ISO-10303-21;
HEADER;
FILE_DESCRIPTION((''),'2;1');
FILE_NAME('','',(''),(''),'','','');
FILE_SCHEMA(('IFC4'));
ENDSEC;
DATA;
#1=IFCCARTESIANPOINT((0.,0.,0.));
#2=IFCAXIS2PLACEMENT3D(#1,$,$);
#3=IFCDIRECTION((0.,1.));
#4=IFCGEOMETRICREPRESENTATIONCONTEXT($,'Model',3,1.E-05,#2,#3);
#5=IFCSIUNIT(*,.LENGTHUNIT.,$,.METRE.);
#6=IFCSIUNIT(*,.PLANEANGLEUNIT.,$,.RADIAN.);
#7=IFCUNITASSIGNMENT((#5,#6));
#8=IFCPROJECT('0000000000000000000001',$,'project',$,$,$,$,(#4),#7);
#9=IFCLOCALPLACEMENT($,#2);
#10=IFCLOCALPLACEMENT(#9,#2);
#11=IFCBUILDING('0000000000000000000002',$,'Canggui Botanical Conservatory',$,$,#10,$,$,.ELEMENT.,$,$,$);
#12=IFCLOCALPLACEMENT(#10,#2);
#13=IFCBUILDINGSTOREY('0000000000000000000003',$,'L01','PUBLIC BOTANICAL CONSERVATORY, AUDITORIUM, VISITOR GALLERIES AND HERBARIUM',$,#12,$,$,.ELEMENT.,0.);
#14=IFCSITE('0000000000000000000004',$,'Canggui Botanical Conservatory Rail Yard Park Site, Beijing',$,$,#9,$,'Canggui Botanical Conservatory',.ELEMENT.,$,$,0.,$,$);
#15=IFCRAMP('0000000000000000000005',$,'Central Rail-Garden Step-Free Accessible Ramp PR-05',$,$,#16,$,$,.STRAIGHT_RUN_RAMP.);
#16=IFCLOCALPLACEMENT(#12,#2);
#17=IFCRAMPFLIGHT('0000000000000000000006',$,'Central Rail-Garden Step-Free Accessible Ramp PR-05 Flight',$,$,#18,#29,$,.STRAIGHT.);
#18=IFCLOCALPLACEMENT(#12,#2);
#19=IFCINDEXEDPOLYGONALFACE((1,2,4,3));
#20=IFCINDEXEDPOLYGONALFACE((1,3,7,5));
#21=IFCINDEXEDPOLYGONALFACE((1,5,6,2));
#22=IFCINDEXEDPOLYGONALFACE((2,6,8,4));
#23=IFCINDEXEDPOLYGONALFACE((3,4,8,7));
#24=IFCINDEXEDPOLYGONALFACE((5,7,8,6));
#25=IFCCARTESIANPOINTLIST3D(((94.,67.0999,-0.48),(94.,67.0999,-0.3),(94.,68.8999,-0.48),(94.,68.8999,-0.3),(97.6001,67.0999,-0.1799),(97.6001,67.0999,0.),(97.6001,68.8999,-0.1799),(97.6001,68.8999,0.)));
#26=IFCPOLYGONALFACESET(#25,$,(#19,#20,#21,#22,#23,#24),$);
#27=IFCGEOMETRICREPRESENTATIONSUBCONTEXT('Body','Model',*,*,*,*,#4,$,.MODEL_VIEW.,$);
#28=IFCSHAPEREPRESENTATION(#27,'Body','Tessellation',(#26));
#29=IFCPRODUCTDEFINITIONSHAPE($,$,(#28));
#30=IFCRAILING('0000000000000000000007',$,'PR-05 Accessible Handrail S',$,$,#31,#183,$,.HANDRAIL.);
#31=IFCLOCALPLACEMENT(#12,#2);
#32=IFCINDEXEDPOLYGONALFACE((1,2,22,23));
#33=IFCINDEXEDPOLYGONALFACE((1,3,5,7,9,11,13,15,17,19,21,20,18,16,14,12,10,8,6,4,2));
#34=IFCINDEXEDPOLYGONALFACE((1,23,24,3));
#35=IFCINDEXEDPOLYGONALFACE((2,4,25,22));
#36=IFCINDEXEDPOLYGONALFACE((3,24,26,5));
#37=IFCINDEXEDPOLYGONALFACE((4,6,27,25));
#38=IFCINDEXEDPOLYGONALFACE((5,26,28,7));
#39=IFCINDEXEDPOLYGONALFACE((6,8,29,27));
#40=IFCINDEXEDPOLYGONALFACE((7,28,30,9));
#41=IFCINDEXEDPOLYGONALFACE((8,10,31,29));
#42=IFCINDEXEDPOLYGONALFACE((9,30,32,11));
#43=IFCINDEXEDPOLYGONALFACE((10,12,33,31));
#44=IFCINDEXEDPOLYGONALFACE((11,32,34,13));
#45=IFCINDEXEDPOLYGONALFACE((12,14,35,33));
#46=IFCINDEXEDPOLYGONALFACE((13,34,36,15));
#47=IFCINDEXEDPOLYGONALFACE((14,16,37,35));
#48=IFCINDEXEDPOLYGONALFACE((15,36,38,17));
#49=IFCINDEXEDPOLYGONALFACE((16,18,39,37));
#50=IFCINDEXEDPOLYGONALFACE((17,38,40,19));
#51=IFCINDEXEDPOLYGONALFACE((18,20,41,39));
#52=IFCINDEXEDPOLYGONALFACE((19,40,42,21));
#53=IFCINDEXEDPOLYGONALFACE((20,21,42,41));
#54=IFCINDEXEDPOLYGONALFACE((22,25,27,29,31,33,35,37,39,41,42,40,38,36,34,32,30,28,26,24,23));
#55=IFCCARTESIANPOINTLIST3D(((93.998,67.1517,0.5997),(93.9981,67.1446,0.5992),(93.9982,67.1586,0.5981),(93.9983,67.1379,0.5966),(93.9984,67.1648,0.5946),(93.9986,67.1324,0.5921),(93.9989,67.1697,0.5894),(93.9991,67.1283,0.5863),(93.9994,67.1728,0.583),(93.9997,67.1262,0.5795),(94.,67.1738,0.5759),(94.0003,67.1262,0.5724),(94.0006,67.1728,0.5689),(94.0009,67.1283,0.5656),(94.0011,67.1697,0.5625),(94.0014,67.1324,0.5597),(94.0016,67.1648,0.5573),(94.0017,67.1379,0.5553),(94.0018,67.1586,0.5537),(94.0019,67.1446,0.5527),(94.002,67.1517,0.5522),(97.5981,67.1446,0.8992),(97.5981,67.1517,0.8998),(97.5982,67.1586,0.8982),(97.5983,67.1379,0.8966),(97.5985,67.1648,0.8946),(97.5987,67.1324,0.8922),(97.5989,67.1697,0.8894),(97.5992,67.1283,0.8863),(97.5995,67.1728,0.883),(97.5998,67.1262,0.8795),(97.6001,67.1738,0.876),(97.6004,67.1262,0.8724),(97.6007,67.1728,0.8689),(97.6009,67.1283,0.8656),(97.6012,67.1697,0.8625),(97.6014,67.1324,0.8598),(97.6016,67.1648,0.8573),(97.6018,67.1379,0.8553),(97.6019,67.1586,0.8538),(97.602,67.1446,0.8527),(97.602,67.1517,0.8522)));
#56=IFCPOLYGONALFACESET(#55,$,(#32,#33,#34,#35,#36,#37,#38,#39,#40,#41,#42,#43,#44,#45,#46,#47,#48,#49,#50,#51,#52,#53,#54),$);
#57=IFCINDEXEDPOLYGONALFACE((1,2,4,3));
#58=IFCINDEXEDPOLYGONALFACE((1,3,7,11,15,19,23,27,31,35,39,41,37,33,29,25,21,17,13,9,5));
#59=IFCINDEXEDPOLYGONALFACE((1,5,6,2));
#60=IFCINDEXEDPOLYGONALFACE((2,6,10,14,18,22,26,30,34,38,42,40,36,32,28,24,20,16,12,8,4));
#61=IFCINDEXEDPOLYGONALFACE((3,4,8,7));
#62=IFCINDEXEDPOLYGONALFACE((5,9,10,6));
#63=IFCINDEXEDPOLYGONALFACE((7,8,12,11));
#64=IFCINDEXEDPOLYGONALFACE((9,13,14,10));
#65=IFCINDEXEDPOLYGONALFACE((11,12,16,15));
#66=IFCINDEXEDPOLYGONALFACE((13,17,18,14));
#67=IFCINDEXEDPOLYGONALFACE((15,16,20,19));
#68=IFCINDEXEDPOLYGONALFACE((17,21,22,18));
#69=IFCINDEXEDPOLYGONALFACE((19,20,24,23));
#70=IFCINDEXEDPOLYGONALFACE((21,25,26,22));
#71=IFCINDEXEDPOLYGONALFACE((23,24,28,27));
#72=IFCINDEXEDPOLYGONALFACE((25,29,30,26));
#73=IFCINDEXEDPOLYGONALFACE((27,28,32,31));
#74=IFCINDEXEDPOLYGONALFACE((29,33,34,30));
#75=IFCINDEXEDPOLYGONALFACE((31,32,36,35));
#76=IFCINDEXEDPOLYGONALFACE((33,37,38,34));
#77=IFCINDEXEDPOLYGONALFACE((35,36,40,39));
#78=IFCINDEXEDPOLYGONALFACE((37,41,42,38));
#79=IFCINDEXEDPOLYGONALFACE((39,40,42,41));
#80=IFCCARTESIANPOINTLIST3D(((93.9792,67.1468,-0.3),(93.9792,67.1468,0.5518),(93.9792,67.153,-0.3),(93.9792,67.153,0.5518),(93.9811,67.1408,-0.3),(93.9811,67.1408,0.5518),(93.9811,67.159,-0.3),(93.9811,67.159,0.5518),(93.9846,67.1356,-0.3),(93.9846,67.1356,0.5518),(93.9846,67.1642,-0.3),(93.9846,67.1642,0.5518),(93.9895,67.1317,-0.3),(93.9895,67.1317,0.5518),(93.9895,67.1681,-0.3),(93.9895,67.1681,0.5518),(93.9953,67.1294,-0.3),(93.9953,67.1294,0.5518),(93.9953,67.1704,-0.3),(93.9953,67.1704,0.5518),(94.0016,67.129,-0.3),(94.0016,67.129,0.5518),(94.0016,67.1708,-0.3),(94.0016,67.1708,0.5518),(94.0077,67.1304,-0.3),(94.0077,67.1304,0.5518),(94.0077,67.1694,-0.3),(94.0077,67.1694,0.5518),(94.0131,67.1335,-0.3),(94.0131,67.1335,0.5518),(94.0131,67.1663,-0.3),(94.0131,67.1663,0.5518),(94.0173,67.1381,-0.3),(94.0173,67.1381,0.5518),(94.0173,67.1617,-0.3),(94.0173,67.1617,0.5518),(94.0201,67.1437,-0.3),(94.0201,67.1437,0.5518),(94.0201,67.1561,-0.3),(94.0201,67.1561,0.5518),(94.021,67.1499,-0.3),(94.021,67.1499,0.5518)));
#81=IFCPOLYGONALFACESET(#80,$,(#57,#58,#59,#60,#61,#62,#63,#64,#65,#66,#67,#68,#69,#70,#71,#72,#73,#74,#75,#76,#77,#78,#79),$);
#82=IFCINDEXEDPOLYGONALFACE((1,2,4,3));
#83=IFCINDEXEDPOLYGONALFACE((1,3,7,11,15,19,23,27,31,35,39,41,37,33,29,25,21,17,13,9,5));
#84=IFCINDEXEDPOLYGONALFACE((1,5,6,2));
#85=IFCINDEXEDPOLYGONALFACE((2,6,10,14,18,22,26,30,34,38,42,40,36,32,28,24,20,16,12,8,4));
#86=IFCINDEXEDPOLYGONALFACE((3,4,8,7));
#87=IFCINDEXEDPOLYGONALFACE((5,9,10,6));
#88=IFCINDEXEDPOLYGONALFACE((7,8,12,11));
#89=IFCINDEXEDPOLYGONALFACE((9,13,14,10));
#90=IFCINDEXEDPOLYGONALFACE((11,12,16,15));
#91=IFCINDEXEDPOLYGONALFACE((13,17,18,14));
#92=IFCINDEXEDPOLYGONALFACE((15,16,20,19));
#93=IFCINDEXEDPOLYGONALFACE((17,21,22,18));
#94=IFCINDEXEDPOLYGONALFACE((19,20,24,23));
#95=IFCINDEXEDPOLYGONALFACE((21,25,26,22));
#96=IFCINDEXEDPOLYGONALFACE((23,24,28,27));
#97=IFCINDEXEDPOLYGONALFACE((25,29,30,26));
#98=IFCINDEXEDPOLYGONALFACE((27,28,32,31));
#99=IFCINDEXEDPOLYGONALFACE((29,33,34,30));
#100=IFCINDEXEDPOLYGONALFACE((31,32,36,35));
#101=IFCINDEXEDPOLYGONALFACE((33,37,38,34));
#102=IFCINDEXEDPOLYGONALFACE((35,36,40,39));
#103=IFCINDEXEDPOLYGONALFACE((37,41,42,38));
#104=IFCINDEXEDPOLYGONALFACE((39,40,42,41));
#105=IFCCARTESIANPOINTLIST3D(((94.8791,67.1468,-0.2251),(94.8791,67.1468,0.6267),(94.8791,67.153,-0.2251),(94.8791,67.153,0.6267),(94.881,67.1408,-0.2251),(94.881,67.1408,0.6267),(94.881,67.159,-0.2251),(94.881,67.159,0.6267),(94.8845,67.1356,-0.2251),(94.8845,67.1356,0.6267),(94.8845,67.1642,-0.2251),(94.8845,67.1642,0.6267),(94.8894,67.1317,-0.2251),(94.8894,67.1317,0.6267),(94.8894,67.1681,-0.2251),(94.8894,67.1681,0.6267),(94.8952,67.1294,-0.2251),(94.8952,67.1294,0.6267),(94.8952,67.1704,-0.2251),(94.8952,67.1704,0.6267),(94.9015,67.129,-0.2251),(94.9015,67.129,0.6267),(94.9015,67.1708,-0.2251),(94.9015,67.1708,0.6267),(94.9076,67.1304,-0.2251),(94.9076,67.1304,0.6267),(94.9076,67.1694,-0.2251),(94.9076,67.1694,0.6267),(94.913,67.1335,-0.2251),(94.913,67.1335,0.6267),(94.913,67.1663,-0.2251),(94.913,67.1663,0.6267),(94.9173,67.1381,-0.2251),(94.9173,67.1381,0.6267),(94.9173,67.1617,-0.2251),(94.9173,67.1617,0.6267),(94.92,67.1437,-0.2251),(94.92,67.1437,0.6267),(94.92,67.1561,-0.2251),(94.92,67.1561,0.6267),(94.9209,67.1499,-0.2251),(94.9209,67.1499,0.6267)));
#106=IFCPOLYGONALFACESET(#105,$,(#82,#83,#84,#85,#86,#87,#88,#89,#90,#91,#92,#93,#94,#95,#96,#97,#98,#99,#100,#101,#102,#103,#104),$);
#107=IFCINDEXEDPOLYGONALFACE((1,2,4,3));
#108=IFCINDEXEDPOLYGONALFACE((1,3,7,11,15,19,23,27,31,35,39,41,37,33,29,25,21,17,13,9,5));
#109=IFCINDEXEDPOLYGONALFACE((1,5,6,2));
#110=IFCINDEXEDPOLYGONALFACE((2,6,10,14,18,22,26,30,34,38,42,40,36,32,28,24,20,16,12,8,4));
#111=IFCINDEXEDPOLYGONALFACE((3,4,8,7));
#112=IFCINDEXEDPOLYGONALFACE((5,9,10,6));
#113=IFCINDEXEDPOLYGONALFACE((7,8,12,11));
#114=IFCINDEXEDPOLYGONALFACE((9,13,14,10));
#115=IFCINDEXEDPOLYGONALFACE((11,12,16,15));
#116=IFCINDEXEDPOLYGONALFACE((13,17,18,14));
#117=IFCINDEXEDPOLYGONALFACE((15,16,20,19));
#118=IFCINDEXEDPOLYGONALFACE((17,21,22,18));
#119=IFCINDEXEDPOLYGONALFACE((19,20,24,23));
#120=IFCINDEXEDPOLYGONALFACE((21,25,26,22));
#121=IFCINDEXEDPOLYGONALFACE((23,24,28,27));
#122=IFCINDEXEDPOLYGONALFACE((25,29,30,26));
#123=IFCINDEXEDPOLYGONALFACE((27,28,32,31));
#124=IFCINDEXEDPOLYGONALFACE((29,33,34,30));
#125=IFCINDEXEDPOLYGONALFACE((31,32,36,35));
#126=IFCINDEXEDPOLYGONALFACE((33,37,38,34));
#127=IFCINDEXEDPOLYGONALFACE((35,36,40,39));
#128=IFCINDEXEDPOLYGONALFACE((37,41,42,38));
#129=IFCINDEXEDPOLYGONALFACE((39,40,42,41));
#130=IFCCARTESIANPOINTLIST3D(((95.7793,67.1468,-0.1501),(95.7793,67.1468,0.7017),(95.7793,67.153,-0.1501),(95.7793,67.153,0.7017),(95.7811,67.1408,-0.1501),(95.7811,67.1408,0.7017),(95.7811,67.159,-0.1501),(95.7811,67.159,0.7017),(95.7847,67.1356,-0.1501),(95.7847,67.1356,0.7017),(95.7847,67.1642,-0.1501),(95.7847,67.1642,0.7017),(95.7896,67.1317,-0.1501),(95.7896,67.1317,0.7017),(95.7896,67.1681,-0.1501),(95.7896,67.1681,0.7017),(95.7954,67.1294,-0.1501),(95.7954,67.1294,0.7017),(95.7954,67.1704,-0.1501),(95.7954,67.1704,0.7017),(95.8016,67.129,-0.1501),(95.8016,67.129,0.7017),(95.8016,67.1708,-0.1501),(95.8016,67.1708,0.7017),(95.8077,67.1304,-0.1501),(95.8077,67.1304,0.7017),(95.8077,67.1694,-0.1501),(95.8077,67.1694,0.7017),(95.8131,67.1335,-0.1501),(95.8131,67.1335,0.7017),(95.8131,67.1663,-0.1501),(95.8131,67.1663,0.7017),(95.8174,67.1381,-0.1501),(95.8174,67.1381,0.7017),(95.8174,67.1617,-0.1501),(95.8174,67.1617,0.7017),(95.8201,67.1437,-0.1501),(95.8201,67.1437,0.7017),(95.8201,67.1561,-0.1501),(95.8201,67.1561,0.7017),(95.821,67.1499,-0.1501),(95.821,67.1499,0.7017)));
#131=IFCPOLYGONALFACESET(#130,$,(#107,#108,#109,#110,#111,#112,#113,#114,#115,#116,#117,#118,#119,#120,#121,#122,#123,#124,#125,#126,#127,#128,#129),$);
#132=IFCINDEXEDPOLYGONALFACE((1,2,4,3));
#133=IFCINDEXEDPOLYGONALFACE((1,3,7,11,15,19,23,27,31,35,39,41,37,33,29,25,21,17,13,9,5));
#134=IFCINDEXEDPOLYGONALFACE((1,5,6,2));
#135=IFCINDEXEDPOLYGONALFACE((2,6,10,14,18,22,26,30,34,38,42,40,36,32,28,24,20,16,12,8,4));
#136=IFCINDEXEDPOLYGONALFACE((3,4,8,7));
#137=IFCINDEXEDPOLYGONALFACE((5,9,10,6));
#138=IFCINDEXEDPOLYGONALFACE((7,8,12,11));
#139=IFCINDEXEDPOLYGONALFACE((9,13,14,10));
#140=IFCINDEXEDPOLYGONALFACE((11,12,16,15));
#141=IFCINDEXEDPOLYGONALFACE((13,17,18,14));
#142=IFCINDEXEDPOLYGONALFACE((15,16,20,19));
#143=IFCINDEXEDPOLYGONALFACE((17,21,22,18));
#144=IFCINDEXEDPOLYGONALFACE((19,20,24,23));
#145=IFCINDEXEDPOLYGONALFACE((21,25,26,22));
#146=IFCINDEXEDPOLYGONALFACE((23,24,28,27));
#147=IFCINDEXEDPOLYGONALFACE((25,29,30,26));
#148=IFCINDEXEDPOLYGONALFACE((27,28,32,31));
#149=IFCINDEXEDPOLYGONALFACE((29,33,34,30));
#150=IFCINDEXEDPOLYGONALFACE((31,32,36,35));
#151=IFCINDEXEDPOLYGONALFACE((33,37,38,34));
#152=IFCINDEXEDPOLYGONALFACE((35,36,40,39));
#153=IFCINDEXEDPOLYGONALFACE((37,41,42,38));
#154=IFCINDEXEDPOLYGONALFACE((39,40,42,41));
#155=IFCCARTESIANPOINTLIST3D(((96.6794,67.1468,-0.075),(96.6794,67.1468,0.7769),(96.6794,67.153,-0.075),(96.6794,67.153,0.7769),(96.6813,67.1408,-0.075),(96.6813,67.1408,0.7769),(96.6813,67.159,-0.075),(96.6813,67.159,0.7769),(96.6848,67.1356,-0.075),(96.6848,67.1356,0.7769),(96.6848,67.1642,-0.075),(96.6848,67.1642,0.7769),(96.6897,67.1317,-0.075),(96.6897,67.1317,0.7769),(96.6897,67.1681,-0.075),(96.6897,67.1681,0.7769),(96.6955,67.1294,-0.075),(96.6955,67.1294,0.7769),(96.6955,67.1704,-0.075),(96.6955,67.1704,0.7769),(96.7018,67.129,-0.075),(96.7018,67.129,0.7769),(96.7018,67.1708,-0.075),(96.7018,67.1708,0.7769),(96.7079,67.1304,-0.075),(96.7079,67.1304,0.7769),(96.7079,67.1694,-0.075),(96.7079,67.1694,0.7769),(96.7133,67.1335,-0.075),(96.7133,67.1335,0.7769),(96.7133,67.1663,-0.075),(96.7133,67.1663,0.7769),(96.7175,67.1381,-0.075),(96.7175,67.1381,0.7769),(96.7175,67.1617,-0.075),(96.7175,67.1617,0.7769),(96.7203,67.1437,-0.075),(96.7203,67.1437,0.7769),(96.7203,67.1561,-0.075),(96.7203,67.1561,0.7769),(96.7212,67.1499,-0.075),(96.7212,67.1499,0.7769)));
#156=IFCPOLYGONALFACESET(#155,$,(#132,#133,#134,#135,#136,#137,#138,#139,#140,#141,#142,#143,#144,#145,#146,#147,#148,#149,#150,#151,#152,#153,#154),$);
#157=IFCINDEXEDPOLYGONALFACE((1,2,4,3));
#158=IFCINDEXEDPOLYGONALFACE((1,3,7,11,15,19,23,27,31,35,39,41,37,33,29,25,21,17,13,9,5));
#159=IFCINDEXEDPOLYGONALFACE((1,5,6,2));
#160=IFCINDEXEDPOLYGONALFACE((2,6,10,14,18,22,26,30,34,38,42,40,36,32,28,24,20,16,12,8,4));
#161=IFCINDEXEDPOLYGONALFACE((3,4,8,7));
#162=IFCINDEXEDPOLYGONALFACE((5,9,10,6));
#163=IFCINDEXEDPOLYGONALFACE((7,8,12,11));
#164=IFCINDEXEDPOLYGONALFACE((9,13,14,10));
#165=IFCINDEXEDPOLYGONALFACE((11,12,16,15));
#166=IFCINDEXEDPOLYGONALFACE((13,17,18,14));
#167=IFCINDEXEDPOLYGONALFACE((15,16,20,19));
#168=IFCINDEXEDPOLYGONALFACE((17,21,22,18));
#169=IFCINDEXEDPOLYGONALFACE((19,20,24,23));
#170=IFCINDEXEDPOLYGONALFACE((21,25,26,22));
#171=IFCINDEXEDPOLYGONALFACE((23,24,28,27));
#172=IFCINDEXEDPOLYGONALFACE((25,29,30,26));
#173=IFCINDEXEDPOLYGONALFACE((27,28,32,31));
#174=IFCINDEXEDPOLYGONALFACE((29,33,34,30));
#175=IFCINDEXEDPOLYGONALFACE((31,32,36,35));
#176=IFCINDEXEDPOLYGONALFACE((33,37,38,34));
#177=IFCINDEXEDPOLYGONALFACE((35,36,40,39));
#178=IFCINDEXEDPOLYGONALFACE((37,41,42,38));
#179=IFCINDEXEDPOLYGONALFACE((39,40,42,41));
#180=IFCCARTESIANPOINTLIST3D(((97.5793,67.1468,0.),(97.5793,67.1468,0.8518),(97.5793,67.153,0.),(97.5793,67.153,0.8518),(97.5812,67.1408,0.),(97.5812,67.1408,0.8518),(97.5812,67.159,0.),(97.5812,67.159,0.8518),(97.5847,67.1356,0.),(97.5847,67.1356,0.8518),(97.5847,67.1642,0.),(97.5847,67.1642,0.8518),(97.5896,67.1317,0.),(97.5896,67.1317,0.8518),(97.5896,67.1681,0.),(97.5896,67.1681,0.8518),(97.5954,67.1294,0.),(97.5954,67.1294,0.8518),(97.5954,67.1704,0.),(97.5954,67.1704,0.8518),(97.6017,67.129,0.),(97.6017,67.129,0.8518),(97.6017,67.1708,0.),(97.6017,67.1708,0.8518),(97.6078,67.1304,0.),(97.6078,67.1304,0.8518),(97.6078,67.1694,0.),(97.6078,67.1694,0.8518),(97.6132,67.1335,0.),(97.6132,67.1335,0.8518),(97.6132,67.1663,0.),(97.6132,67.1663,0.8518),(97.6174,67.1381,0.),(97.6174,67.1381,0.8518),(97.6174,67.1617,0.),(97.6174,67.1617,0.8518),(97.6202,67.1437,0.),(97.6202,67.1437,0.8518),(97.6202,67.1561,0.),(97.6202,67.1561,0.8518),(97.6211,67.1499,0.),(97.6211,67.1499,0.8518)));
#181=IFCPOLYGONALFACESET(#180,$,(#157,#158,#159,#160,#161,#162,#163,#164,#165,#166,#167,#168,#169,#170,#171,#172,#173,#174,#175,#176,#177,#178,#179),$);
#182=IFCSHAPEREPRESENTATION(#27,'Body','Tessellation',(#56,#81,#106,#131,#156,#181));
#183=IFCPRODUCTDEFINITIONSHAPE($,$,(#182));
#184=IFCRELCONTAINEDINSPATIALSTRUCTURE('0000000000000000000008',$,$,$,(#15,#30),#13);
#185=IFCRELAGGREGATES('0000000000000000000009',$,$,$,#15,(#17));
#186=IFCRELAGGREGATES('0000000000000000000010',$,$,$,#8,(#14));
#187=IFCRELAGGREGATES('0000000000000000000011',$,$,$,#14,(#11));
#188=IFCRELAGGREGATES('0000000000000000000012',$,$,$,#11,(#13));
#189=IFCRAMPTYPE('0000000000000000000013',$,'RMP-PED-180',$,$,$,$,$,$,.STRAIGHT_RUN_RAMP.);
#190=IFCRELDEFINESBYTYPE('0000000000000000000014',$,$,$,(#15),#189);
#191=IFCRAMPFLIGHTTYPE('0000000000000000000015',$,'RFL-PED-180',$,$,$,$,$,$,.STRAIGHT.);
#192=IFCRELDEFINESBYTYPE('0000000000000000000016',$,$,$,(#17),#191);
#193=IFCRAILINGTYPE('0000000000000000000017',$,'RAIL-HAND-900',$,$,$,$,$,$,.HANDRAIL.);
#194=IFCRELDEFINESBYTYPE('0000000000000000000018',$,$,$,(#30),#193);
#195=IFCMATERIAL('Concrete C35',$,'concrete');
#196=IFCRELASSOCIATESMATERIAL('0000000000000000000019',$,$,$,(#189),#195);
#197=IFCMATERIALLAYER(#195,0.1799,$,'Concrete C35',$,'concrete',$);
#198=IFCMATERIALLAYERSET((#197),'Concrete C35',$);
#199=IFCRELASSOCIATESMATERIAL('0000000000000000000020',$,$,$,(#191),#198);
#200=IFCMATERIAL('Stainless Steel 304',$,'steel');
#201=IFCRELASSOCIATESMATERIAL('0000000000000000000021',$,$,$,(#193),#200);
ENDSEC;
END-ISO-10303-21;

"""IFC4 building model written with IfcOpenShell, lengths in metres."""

from ifc_helpers import new_model, si_unit, direction, frame, origin, origin_2d, place, context, subcontext, project, spatial, polyline, circle, outline, extrude, material, layer, layer_set, type_object, element, aggregate, save


model = new_model("IFC4")

# Units and contexts
model_context = context("Model", 3, precision=1e-05, world=origin(), true_north=direction((0.0, 1.0)))
body_context = subcontext(model_context, "Body", "Model", "MODEL_VIEW")
ifc_project = project(units=[si_unit("LENGTHUNIT", "METRE"), si_unit("PLANEANGLEUNIT", "RADIAN")], contexts=[model_context])

# Site, building, storey
site_placement = place(None, origin())
site = spatial("IfcSite", under=ifc_project, at=site_placement, Name="Canggui Botanical Conservatory Rail Yard Park Site, Beijing", LongName="Canggui Botanical Conservatory", CompositionType="ELEMENT", RefElevation=0.0)
building_placement = place(site_placement, origin())
building = spatial("IfcBuilding", under=site, at=building_placement, Name="Canggui Botanical Conservatory", CompositionType="ELEMENT")
storey_placement = place(building_placement, origin())
storey = spatial("IfcBuildingStorey", under=building, at=storey_placement, Name="L01", Description="PUBLIC BOTANICAL CONSERVATORY, AUDITORIUM, VISITOR GALLERIES AND HERBARIUM", CompositionType="ELEMENT", Elevation=0.0)

# Shared definitions
ifc_material_1 = material(Name="Concrete C35", Category="concrete")

# Ramp, ramp flight
ramp_type = type_object("IfcRampType", Name="RMP-PED-180", PredefinedType="STRAIGHT_RUN_RAMP", material=ifc_material_1)
ramp_placement = place(storey_placement, origin())
ramp = element("IfcRamp", 1, at=ramp_placement, inside=storey, type_object=ramp_type, Name="Central Rail-Garden Step-Free Accessible Ramp PR-05", PredefinedType="STRAIGHT_RUN_RAMP")
ifc_layer_1 = layer(ifc_material_1, 0.1799, Name="Concrete C35", Category="concrete")
ifc_layer_set_1 = layer_set([ifc_layer_1], Name="Concrete C35")
ramp_flight_type = type_object("IfcRampFlightType", Name="RFL-PED-180", PredefinedType="STRAIGHT", material=ifc_layer_set_1)
ramp_flight_placement = place(storey_placement, frame((94.0, 68.0, -0.3), z_axis=(0.0, 0.0, 1.0), x_axis=(1.0, 0.0, 0.0)))
ramp_flight = element("IfcRampFlight", 2, at=ramp_flight_placement, type_object=ramp_flight_type, Name="Central Rail-Garden Step-Free Accessible Ramp PR-05 Flight", PredefinedType="STRAIGHT", context=body_context, shape_type="SweptSolid", body=[
    extrude(outline(polyline([(0.0, 0.0), (3.6001, 0.3), (3.6001, 0.1201), (0.0, -0.1799), (0.0, 0.0)])), frame((0.0, 0.8999, 0.0), z_axis=(0.0, -1.0, 0.0), x_axis=(1.0, 0.0, 0.0)), (0.0, 0.0, 1.0), 1.8),
])
aggregate(ramp, [ramp_flight])

# Railing
ifc_material_2 = material(Name="Stainless Steel 304", Category="steel")
railing_type = type_object("IfcRailingType", Name="RAIL-HAND-900", PredefinedType="HANDRAIL", material=ifc_material_2)
for number, where, name in (
    (3, (94.0, 67.1499, -0.3), "PR-05 Accessible Handrail S"),
):
    element("IfcRailing", number, at=place(storey_placement, frame(where)), inside=storey, type_object=railing_type, Name=name, PredefinedType="HANDRAIL", context=body_context, shape_type="SweptSolid", body=[
        extrude(circle(Radius=0.0239, at=origin_2d()), frame((0.0, 0.0, 0.876), z_axis=(0.996545, 0.0, 0.083057), x_axis=(0.0, 1.0, 0.0)), (0.0, 0.0, 1.0), 3.6125),
        extrude(circle(Radius=0.021, at=origin_2d()), origin(), (0.0, 0.0, 1.0), 0.8518),
        extrude(circle(Radius=0.021, at=origin_2d()), frame((0.8999, 0.0, 0.075)), (0.0, 0.0, 1.0), 0.8518),
        extrude(circle(Radius=0.021, at=origin_2d()), frame((1.8, 0.0, 0.1499)), (0.0, 0.0, 1.0), 0.8518),
        extrude(circle(Radius=0.021, at=origin_2d()), frame((2.7002, 0.0, 0.2251)), (0.0, 0.0, 1.0), 0.8518),
        extrude(circle(Radius=0.021, at=origin_2d()), frame((3.6001, 0.0, 0.3)), (0.0, 0.0, 1.0), 0.8518),
    ])

save(model, "model.ifc")
